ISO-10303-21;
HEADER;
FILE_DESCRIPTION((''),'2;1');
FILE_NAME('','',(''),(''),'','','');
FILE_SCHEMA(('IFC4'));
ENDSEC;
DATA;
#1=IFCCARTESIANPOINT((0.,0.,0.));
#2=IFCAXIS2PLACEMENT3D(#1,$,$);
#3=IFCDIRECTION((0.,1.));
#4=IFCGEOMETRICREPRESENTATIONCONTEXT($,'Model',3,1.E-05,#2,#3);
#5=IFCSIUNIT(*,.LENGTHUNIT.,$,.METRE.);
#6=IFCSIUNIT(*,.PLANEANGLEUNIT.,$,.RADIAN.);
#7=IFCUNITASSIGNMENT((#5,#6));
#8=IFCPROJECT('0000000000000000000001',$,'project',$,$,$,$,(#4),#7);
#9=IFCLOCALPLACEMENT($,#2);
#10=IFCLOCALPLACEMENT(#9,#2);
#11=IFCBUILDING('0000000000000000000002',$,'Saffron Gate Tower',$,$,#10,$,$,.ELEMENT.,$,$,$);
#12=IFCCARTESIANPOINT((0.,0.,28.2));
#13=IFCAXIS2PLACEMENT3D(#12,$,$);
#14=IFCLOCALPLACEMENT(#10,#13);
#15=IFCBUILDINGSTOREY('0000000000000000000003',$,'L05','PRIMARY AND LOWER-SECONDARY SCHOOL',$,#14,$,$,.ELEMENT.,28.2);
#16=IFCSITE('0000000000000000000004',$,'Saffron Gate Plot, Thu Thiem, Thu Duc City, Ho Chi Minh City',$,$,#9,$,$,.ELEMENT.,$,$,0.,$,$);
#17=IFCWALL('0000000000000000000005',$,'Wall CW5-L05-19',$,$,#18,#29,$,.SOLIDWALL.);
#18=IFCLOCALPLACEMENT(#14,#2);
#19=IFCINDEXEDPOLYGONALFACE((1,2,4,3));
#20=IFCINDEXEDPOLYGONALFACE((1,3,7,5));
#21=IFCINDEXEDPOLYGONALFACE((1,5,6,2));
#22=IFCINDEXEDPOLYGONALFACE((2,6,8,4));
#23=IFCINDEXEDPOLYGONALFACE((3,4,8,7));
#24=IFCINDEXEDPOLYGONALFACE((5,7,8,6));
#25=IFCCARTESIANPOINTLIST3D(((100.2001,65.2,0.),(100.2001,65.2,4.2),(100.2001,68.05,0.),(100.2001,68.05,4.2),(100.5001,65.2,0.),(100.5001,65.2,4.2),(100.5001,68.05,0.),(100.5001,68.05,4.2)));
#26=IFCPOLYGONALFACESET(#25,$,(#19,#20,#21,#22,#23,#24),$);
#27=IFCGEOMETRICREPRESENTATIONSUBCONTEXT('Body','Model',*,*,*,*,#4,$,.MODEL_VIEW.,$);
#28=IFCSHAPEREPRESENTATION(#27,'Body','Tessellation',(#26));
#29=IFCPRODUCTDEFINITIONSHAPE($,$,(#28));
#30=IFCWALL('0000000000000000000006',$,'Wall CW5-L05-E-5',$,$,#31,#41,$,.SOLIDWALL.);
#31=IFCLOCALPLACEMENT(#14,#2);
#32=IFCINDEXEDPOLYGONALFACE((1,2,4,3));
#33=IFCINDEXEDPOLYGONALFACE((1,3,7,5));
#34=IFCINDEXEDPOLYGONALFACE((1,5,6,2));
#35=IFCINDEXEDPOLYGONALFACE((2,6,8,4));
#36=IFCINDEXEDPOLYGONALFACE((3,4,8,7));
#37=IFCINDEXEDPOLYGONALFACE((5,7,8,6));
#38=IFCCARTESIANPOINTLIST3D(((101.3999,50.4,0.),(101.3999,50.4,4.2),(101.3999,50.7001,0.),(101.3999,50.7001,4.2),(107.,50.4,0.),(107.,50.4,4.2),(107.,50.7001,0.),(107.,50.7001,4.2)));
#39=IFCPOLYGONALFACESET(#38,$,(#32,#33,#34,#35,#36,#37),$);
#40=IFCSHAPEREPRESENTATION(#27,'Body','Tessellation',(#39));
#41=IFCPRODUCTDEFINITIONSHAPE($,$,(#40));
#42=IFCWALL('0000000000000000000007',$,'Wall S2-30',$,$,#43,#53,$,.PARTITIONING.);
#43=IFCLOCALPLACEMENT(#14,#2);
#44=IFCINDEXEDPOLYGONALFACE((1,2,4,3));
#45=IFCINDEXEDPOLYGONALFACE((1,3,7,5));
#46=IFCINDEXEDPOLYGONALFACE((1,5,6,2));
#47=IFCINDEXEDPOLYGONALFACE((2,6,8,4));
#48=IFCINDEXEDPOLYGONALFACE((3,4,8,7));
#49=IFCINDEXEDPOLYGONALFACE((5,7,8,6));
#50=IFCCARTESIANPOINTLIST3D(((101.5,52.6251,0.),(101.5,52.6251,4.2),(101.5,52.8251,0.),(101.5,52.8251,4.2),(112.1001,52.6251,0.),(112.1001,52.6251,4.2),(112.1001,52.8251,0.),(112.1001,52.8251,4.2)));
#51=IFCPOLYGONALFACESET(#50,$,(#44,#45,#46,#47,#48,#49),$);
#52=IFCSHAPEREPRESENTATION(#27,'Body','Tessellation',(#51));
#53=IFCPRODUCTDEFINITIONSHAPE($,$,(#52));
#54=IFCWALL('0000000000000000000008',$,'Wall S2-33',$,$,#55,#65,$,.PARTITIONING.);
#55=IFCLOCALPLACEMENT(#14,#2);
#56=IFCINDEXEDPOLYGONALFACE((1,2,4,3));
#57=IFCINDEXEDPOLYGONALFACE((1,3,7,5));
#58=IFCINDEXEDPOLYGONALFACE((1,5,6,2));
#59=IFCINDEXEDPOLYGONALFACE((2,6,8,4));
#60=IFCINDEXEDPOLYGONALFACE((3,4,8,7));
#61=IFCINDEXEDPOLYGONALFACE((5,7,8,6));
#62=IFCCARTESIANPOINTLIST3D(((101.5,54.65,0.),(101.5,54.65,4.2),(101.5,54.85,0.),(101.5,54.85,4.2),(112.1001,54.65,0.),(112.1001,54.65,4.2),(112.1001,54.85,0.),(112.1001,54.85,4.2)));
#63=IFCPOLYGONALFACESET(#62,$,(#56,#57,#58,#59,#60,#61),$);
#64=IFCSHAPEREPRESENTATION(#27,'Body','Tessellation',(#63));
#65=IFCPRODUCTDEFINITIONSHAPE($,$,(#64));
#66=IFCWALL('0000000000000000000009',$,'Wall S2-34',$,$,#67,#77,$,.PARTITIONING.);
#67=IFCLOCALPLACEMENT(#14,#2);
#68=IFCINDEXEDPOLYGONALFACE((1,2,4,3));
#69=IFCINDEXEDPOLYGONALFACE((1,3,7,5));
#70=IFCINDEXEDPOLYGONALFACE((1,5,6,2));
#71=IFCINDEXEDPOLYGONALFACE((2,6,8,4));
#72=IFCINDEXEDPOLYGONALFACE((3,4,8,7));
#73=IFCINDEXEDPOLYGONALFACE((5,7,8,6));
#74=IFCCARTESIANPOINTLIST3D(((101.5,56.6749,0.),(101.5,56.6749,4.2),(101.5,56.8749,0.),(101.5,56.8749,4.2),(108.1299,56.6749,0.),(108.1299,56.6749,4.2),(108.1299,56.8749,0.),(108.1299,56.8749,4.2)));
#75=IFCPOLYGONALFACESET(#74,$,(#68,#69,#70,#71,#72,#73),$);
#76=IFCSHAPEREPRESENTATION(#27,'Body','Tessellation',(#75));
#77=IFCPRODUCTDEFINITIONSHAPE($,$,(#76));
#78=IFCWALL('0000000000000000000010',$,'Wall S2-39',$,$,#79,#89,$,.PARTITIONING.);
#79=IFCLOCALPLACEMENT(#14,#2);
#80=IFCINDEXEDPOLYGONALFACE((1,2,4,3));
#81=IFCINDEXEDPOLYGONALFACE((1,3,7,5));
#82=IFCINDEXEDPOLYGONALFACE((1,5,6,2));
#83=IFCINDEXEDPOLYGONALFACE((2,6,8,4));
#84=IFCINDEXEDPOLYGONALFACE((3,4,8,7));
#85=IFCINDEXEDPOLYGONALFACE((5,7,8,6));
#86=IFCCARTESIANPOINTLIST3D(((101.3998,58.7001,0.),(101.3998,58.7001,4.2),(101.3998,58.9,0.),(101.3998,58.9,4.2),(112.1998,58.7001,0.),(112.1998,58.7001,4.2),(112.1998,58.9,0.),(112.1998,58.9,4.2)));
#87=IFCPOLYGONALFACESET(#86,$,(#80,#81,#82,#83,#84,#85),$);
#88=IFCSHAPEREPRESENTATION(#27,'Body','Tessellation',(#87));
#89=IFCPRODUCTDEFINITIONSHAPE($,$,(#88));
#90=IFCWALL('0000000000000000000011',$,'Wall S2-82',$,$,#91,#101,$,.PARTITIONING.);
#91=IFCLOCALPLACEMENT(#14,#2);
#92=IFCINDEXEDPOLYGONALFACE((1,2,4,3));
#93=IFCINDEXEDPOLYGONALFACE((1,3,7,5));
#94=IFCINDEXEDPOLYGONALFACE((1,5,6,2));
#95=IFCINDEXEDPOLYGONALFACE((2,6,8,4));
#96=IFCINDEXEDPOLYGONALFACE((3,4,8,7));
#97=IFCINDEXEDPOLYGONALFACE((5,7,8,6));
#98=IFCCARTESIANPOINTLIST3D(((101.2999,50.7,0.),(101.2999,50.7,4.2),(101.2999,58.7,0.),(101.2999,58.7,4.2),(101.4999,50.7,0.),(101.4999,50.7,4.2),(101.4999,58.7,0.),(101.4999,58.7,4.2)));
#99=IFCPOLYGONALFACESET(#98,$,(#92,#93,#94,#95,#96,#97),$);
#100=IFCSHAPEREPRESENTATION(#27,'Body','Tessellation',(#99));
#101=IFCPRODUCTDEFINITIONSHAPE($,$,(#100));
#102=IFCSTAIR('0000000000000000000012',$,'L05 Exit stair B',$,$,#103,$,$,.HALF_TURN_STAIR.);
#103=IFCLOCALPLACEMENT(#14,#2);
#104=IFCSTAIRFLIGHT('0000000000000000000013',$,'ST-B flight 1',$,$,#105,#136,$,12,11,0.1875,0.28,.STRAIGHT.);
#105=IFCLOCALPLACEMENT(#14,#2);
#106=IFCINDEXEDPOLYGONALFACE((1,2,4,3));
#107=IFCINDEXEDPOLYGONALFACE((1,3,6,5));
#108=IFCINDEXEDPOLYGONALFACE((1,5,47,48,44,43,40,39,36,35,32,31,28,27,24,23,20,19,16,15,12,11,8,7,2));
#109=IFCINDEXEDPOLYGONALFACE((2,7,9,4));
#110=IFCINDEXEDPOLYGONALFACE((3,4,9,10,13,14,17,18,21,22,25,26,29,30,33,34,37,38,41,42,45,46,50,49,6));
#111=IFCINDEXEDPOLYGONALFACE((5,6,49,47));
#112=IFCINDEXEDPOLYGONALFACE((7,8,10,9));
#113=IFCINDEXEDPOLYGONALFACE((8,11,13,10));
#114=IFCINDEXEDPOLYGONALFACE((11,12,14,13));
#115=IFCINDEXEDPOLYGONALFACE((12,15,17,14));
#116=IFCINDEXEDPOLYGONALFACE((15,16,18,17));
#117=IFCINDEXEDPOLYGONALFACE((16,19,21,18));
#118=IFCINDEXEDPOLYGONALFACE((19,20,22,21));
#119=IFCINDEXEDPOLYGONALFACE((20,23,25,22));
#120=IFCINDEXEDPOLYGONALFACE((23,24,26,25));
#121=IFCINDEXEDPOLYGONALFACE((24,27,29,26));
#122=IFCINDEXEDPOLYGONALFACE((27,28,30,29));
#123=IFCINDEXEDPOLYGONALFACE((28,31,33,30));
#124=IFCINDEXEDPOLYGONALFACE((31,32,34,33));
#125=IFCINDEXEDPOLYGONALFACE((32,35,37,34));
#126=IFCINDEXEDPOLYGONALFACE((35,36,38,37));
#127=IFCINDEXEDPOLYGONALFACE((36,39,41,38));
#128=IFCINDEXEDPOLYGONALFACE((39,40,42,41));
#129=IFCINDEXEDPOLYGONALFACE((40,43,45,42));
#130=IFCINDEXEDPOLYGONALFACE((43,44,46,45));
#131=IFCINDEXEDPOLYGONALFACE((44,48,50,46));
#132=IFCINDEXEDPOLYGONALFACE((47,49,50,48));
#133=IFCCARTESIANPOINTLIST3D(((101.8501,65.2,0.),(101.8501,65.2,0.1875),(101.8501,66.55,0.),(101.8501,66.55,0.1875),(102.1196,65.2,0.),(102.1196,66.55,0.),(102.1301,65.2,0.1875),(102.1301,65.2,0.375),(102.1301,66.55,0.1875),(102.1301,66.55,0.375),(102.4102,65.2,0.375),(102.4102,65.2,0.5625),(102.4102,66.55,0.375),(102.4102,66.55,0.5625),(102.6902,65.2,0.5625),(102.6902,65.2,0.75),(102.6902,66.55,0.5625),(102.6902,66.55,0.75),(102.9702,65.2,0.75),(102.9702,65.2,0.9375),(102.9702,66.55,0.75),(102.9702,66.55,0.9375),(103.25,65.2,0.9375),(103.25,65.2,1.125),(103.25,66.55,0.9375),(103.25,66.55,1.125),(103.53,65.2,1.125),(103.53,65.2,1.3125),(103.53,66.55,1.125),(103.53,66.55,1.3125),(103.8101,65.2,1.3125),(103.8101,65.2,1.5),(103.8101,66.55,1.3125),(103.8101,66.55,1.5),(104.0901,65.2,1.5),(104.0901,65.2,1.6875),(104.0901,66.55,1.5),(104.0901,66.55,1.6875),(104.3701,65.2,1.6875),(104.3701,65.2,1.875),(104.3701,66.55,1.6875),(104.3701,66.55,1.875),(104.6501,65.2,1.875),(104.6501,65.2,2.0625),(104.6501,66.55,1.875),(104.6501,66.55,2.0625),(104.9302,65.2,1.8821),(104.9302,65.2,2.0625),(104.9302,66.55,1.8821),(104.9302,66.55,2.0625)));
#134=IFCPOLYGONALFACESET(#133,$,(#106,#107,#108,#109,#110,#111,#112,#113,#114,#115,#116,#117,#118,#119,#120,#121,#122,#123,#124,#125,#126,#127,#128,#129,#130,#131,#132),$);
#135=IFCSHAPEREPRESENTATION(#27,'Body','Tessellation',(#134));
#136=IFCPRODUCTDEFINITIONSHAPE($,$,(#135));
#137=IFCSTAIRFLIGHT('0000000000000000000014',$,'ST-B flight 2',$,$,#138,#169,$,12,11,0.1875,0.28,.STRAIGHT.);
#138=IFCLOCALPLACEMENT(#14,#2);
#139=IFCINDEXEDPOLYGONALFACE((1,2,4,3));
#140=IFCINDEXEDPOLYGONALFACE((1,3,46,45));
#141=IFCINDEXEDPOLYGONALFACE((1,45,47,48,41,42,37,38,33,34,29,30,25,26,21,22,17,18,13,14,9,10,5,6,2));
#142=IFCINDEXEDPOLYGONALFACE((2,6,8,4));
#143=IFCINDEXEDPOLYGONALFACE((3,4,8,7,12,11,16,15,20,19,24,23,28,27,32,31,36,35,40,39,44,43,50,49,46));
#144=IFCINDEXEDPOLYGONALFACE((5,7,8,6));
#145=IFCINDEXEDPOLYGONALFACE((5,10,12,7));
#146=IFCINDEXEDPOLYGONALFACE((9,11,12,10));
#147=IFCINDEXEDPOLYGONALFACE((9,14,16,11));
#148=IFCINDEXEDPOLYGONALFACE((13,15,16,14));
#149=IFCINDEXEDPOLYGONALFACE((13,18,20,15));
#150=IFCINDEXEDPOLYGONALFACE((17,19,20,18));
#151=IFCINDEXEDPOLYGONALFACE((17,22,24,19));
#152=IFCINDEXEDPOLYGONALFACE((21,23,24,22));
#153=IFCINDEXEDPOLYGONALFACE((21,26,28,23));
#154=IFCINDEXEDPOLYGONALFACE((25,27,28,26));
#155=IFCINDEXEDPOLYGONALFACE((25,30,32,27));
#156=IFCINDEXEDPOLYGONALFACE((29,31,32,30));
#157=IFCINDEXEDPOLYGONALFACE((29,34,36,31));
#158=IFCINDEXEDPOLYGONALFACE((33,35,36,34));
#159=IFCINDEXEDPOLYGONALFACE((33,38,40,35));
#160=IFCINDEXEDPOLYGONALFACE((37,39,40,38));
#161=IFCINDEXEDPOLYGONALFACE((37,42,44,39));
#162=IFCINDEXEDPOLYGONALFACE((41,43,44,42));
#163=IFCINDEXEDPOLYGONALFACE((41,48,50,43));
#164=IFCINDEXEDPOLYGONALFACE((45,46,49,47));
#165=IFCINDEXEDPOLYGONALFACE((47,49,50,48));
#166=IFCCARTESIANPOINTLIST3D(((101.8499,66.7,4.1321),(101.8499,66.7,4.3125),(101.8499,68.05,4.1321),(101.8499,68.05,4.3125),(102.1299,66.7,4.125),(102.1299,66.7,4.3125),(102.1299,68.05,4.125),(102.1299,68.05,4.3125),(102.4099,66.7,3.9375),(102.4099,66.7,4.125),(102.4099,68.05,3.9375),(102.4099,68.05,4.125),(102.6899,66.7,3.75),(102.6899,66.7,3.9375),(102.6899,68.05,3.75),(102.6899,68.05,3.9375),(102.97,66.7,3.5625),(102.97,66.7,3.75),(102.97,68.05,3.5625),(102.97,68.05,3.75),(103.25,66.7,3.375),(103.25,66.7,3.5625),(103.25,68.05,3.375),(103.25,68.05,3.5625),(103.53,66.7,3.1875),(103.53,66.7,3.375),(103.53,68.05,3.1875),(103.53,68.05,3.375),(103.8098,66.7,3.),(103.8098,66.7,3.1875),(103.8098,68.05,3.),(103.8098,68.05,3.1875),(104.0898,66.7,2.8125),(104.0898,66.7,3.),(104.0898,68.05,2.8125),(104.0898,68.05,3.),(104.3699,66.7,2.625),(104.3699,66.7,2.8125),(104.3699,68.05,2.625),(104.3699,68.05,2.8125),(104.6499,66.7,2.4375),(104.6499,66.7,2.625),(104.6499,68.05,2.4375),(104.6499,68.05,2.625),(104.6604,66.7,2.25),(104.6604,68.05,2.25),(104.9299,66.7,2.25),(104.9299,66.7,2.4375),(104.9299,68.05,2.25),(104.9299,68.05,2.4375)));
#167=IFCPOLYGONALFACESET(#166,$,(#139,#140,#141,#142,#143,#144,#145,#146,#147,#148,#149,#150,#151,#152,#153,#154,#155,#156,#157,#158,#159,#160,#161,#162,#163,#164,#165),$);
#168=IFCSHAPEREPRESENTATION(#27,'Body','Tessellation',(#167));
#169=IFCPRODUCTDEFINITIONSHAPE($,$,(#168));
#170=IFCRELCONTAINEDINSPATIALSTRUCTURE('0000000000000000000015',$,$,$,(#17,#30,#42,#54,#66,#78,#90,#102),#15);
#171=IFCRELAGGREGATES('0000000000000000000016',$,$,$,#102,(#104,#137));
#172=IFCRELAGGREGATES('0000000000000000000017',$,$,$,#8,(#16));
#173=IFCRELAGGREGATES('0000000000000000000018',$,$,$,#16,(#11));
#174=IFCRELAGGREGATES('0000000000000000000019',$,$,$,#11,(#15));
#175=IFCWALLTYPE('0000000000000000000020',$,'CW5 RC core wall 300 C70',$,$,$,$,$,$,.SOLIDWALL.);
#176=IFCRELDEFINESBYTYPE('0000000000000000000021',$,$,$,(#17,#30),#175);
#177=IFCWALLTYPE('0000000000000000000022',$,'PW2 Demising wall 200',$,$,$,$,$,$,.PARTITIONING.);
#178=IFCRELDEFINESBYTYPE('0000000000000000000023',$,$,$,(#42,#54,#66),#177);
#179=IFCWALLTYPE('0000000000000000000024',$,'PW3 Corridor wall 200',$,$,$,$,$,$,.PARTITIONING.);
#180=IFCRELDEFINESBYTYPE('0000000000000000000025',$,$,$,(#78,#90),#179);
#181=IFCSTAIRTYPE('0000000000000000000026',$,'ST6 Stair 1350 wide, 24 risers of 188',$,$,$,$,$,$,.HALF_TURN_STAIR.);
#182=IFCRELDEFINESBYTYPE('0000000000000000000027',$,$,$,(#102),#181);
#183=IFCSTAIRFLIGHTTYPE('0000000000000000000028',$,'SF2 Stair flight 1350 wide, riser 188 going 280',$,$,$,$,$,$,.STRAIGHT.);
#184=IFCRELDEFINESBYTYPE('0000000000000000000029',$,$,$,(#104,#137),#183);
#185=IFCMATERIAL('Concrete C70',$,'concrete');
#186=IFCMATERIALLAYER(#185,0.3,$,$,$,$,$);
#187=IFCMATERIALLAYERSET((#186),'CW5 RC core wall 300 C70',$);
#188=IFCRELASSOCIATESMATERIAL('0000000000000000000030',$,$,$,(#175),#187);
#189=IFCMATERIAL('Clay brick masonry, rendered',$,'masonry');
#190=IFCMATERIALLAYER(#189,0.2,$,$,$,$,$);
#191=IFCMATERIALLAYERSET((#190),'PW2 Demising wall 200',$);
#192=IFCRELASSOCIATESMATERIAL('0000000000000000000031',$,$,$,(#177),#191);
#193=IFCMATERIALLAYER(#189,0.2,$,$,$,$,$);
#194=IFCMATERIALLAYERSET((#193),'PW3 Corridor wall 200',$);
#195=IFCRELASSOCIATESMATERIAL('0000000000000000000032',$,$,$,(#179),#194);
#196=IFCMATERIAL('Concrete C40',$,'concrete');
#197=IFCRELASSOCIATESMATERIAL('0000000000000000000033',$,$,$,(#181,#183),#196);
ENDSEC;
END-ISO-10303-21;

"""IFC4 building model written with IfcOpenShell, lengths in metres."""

from ifc_helpers import new_model, si_unit, direction, frame, frame_2d, origin, place, context, subcontext, project, spatial, polyline, rectangle, outline, extrude, material, layer, layer_set, type_object, element, aggregate, save


model = new_model("IFC4")

# Units and contexts
model_context = context("Model", 3, precision=1e-05, world=origin(), true_north=direction((0.0, 1.0)))
body_context = subcontext(model_context, "Body", "Model", "MODEL_VIEW")
ifc_project = project(units=[si_unit("LENGTHUNIT", "METRE"), si_unit("PLANEANGLEUNIT", "RADIAN")], contexts=[model_context])

# Site, building, storey
site_placement = place(None, origin())
site = spatial("IfcSite", under=ifc_project, at=site_placement, Name="Saffron Gate Plot, Thu Thiem, Thu Duc City, Ho Chi Minh City", CompositionType="ELEMENT", RefElevation=0.0)
building_placement = place(site_placement, origin())
building = spatial("IfcBuilding", under=site, at=building_placement, Name="Saffron Gate Tower", CompositionType="ELEMENT")
storey_placement = place(building_placement, frame((0.0, 0.0, 28.2)))
storey = spatial("IfcBuildingStorey", under=building, at=storey_placement, Name="L05", Description="PRIMARY AND LOWER-SECONDARY SCHOOL", CompositionType="ELEMENT", Elevation=28.2)

# Shared definitions
ifc_material_1 = material(Name="Concrete C70", Category="concrete")

# Walls
ifc_layer_1 = layer(ifc_material_1, 0.3)
ifc_layer_set_1 = layer_set([ifc_layer_1], Name="CW5 RC core wall 300 C70")
wall_type_1 = type_object("IfcWallType", Name="CW5 RC core wall 300 C70", PredefinedType="SOLIDWALL", material=ifc_layer_set_1)
wall_1_placement = place(storey_placement, frame((100.3501, 65.2, 0.0), z_axis=(0.0, 0.0, 1.0), x_axis=(0.0, 1.0, 0.0)))
element("IfcWall", 1, at=wall_1_placement, inside=storey, type_object=wall_type_1, Name="Wall CW5-L05-19", PredefinedType="SOLIDWALL", context=body_context, shape_type="SweptSolid", body=[
    extrude(rectangle(XDim=2.8501, YDim=0.3, at=frame_2d((1.425, 0.0))), origin(), (0.0, 0.0, 1.0), 4.2),
])
wall_2_placement = place(storey_placement, frame((101.3999, 50.55, 0.0), z_axis=(0.0, 0.0, 1.0), x_axis=(1.0, 0.0, 0.0)))
element("IfcWall", 2, at=wall_2_placement, inside=storey, type_object=wall_type_1, Name="Wall CW5-L05-E-5", PredefinedType="SOLIDWALL", context=body_context, shape_type="SweptSolid", body=[
    extrude(rectangle(XDim=5.6001, YDim=0.3, at=frame_2d((2.8, 0.0))), origin(), (0.0, 0.0, 1.0), 4.2),
])
ifc_material_2 = material(Name="Clay brick masonry, rendered", Category="masonry")
ifc_layer_2 = layer(ifc_material_2, 0.2)
ifc_layer_set_2 = layer_set([ifc_layer_2], Name="PW2 Demising wall 200")
wall_type_2 = type_object("IfcWallType", Name="PW2 Demising wall 200", PredefinedType="PARTITIONING", material=ifc_layer_set_2)
for number, where, z_axis, x_axis, name in (
    (3, (101.5, 52.7251, 0.0), (0.0, 0.0, 1.0), (1.0, 0.0, 0.0), "Wall S2-30"),
    (4, (101.5, 54.75, 0.0), (0.0, 0.0, 1.0), (1.0, 0.0, 0.0), "Wall S2-33"),
):
    element("IfcWall", number, at=place(storey_placement, frame(where, z_axis=z_axis, x_axis=x_axis)), inside=storey, type_object=wall_type_2, Name=name, PredefinedType="PARTITIONING", context=body_context, shape_type="SweptSolid", body=[
        extrude(rectangle(XDim=10.6001, YDim=0.2, at=frame_2d((5.3, 0.0))), origin(), (0.0, 0.0, 1.0), 4.2),
    ])
wall_3_placement = place(storey_placement, frame((101.5, 56.7749, 0.0), z_axis=(0.0, 0.0, 1.0), x_axis=(1.0, 0.0, 0.0)))
element("IfcWall", 5, at=wall_3_placement, inside=storey, type_object=wall_type_2, Name="Wall S2-34", PredefinedType="PARTITIONING", context=body_context, shape_type="SweptSolid", body=[
    extrude(rectangle(XDim=6.6299, YDim=0.2, at=frame_2d((3.3149, 0.0))), origin(), (0.0, 0.0, 1.0), 4.2),
])
ifc_layer_3 = layer(ifc_material_2, 0.2)
ifc_layer_set_3 = layer_set([ifc_layer_3], Name="PW3 Corridor wall 200")
wall_type_3 = type_object("IfcWallType", Name="PW3 Corridor wall 200", PredefinedType="PARTITIONING", material=ifc_layer_set_3)
wall_4_placement = place(storey_placement, frame((101.3999, 58.8, 0.0), z_axis=(0.0, 0.0, 1.0), x_axis=(1.0, 0.0, 0.0)))
element("IfcWall", 6, at=wall_4_placement, inside=storey, type_object=wall_type_3, Name="Wall S2-39", PredefinedType="PARTITIONING", context=body_context, shape_type="SweptSolid", body=[
    extrude(rectangle(XDim=10.8, YDim=0.2, at=frame_2d((5.3999, 0.0))), origin(), (0.0, 0.0, 1.0), 4.2),
])
wall_5_placement = place(storey_placement, frame((101.3999, 58.7, 0.0), z_axis=(0.0, 0.0, 1.0), x_axis=(0.0, -1.0, 0.0)))
element("IfcWall", 7, at=wall_5_placement, inside=storey, type_object=wall_type_3, Name="Wall S2-82", PredefinedType="PARTITIONING", context=body_context, shape_type="SweptSolid", body=[
    extrude(rectangle(XDim=8.0, YDim=0.2, at=frame_2d((4.0, 0.0))), origin(), (0.0, 0.0, 1.0), 4.2),
])

# Stair, stair flights
ifc_material_3 = material(Name="Concrete C40", Category="concrete")
stair_type = type_object("IfcStairType", Name="ST6 Stair 1350 wide, 24 risers of 188", PredefinedType="HALF_TURN_STAIR", material=ifc_material_3)
stair_1_placement = place(storey_placement, origin())
stair_1 = element("IfcStair", 8, at=stair_1_placement, inside=storey, type_object=stair_type, Name="L05 Exit stair B", PredefinedType="HALF_TURN_STAIR")
stair_flight_type = type_object("IfcStairFlightType", Name="SF2 Stair flight 1350 wide, riser 188 going 280", PredefinedType="STRAIGHT", material=ifc_material_3)
stair_flight_1_placement = place(storey_placement, frame((101.8501, 65.875, 0.0), z_axis=(0.0, 0.0, 1.0), x_axis=(1.0, 0.0, 0.0)))
stair_flight_1 = element("IfcStairFlight", 9, at=stair_flight_1_placement, type_object=stair_flight_type, Name="ST-B flight 1", NumberOfRisers=12, NumberOfTreads=11, PredefinedType="STRAIGHT", RiserHeight=0.1875, TreadLength=0.28, context=body_context, shape_type="SweptSolid", body=[
    extrude(outline(polyline([(0.0, 0.0), (0.0, 0.1875), (0.28, 0.1875), (0.28, 0.375), (0.5601, 0.375), (0.5601, 0.5625), (0.8401, 0.5625), (0.8401, 0.75), (1.1201, 0.75), (1.1201, 0.9375), (1.3999, 0.9375), (1.3999, 1.125), (1.6799, 1.125), (1.6799, 1.3125), (1.96, 1.3125), (1.96, 1.5), (2.24, 1.5), (2.24, 1.6875), (2.52, 1.6875), (2.52, 1.875), (2.8, 1.875), (2.8, 2.0625), (3.0801, 2.0625), (3.0801, 2.25), (3.0801, 1.8821), (0.2695, 0.0), (0.0, 0.0)])), frame((0.0, 0.675, 0.0), z_axis=(0.0, -1.0, 0.0), x_axis=(1.0, 0.0, 0.0)), (0.0, 0.0, 1.0), 1.3501),
])
stair_flight_2_placement = place(storey_placement, frame((104.9299, 67.375, 2.25), z_axis=(0.0, 0.0, 1.0), x_axis=(-1.0, 0.0, 0.0)))
stair_flight_2 = element("IfcStairFlight", 10, at=stair_flight_2_placement, type_object=stair_flight_type, Name="ST-B flight 2", NumberOfRisers=12, NumberOfTreads=11, PredefinedType="STRAIGHT", RiserHeight=0.1875, TreadLength=0.28, context=body_context, shape_type="SweptSolid", body=[
    extrude(outline(polyline([(0.0, 0.0), (0.0, 0.1875), (0.28, 0.1875), (0.28, 0.375), (0.5601, 0.375), (0.5601, 0.5625), (0.8401, 0.5625), (0.8401, 0.75), (1.1201, 0.75), (1.1201, 0.9375), (1.3999, 0.9375), (1.3999, 1.125), (1.6799, 1.125), (1.6799, 1.3125), (1.96, 1.3125), (1.96, 1.5), (2.24, 1.5), (2.24, 1.6875), (2.52, 1.6875), (2.52, 1.875), (2.8, 1.875), (2.8, 2.0625), (3.0801, 2.0625), (3.0801, 2.25), (3.0801, 1.8821), (0.2695, 0.0), (0.0, 0.0)])), frame((0.0, 0.675, 0.0), z_axis=(0.0, -1.0, 0.0), x_axis=(1.0, 0.0, 0.0)), (0.0, 0.0, 1.0), 1.3501),
])
aggregate(stair_1, [stair_flight_1, stair_flight_2])

save(model, "model.ifc")
